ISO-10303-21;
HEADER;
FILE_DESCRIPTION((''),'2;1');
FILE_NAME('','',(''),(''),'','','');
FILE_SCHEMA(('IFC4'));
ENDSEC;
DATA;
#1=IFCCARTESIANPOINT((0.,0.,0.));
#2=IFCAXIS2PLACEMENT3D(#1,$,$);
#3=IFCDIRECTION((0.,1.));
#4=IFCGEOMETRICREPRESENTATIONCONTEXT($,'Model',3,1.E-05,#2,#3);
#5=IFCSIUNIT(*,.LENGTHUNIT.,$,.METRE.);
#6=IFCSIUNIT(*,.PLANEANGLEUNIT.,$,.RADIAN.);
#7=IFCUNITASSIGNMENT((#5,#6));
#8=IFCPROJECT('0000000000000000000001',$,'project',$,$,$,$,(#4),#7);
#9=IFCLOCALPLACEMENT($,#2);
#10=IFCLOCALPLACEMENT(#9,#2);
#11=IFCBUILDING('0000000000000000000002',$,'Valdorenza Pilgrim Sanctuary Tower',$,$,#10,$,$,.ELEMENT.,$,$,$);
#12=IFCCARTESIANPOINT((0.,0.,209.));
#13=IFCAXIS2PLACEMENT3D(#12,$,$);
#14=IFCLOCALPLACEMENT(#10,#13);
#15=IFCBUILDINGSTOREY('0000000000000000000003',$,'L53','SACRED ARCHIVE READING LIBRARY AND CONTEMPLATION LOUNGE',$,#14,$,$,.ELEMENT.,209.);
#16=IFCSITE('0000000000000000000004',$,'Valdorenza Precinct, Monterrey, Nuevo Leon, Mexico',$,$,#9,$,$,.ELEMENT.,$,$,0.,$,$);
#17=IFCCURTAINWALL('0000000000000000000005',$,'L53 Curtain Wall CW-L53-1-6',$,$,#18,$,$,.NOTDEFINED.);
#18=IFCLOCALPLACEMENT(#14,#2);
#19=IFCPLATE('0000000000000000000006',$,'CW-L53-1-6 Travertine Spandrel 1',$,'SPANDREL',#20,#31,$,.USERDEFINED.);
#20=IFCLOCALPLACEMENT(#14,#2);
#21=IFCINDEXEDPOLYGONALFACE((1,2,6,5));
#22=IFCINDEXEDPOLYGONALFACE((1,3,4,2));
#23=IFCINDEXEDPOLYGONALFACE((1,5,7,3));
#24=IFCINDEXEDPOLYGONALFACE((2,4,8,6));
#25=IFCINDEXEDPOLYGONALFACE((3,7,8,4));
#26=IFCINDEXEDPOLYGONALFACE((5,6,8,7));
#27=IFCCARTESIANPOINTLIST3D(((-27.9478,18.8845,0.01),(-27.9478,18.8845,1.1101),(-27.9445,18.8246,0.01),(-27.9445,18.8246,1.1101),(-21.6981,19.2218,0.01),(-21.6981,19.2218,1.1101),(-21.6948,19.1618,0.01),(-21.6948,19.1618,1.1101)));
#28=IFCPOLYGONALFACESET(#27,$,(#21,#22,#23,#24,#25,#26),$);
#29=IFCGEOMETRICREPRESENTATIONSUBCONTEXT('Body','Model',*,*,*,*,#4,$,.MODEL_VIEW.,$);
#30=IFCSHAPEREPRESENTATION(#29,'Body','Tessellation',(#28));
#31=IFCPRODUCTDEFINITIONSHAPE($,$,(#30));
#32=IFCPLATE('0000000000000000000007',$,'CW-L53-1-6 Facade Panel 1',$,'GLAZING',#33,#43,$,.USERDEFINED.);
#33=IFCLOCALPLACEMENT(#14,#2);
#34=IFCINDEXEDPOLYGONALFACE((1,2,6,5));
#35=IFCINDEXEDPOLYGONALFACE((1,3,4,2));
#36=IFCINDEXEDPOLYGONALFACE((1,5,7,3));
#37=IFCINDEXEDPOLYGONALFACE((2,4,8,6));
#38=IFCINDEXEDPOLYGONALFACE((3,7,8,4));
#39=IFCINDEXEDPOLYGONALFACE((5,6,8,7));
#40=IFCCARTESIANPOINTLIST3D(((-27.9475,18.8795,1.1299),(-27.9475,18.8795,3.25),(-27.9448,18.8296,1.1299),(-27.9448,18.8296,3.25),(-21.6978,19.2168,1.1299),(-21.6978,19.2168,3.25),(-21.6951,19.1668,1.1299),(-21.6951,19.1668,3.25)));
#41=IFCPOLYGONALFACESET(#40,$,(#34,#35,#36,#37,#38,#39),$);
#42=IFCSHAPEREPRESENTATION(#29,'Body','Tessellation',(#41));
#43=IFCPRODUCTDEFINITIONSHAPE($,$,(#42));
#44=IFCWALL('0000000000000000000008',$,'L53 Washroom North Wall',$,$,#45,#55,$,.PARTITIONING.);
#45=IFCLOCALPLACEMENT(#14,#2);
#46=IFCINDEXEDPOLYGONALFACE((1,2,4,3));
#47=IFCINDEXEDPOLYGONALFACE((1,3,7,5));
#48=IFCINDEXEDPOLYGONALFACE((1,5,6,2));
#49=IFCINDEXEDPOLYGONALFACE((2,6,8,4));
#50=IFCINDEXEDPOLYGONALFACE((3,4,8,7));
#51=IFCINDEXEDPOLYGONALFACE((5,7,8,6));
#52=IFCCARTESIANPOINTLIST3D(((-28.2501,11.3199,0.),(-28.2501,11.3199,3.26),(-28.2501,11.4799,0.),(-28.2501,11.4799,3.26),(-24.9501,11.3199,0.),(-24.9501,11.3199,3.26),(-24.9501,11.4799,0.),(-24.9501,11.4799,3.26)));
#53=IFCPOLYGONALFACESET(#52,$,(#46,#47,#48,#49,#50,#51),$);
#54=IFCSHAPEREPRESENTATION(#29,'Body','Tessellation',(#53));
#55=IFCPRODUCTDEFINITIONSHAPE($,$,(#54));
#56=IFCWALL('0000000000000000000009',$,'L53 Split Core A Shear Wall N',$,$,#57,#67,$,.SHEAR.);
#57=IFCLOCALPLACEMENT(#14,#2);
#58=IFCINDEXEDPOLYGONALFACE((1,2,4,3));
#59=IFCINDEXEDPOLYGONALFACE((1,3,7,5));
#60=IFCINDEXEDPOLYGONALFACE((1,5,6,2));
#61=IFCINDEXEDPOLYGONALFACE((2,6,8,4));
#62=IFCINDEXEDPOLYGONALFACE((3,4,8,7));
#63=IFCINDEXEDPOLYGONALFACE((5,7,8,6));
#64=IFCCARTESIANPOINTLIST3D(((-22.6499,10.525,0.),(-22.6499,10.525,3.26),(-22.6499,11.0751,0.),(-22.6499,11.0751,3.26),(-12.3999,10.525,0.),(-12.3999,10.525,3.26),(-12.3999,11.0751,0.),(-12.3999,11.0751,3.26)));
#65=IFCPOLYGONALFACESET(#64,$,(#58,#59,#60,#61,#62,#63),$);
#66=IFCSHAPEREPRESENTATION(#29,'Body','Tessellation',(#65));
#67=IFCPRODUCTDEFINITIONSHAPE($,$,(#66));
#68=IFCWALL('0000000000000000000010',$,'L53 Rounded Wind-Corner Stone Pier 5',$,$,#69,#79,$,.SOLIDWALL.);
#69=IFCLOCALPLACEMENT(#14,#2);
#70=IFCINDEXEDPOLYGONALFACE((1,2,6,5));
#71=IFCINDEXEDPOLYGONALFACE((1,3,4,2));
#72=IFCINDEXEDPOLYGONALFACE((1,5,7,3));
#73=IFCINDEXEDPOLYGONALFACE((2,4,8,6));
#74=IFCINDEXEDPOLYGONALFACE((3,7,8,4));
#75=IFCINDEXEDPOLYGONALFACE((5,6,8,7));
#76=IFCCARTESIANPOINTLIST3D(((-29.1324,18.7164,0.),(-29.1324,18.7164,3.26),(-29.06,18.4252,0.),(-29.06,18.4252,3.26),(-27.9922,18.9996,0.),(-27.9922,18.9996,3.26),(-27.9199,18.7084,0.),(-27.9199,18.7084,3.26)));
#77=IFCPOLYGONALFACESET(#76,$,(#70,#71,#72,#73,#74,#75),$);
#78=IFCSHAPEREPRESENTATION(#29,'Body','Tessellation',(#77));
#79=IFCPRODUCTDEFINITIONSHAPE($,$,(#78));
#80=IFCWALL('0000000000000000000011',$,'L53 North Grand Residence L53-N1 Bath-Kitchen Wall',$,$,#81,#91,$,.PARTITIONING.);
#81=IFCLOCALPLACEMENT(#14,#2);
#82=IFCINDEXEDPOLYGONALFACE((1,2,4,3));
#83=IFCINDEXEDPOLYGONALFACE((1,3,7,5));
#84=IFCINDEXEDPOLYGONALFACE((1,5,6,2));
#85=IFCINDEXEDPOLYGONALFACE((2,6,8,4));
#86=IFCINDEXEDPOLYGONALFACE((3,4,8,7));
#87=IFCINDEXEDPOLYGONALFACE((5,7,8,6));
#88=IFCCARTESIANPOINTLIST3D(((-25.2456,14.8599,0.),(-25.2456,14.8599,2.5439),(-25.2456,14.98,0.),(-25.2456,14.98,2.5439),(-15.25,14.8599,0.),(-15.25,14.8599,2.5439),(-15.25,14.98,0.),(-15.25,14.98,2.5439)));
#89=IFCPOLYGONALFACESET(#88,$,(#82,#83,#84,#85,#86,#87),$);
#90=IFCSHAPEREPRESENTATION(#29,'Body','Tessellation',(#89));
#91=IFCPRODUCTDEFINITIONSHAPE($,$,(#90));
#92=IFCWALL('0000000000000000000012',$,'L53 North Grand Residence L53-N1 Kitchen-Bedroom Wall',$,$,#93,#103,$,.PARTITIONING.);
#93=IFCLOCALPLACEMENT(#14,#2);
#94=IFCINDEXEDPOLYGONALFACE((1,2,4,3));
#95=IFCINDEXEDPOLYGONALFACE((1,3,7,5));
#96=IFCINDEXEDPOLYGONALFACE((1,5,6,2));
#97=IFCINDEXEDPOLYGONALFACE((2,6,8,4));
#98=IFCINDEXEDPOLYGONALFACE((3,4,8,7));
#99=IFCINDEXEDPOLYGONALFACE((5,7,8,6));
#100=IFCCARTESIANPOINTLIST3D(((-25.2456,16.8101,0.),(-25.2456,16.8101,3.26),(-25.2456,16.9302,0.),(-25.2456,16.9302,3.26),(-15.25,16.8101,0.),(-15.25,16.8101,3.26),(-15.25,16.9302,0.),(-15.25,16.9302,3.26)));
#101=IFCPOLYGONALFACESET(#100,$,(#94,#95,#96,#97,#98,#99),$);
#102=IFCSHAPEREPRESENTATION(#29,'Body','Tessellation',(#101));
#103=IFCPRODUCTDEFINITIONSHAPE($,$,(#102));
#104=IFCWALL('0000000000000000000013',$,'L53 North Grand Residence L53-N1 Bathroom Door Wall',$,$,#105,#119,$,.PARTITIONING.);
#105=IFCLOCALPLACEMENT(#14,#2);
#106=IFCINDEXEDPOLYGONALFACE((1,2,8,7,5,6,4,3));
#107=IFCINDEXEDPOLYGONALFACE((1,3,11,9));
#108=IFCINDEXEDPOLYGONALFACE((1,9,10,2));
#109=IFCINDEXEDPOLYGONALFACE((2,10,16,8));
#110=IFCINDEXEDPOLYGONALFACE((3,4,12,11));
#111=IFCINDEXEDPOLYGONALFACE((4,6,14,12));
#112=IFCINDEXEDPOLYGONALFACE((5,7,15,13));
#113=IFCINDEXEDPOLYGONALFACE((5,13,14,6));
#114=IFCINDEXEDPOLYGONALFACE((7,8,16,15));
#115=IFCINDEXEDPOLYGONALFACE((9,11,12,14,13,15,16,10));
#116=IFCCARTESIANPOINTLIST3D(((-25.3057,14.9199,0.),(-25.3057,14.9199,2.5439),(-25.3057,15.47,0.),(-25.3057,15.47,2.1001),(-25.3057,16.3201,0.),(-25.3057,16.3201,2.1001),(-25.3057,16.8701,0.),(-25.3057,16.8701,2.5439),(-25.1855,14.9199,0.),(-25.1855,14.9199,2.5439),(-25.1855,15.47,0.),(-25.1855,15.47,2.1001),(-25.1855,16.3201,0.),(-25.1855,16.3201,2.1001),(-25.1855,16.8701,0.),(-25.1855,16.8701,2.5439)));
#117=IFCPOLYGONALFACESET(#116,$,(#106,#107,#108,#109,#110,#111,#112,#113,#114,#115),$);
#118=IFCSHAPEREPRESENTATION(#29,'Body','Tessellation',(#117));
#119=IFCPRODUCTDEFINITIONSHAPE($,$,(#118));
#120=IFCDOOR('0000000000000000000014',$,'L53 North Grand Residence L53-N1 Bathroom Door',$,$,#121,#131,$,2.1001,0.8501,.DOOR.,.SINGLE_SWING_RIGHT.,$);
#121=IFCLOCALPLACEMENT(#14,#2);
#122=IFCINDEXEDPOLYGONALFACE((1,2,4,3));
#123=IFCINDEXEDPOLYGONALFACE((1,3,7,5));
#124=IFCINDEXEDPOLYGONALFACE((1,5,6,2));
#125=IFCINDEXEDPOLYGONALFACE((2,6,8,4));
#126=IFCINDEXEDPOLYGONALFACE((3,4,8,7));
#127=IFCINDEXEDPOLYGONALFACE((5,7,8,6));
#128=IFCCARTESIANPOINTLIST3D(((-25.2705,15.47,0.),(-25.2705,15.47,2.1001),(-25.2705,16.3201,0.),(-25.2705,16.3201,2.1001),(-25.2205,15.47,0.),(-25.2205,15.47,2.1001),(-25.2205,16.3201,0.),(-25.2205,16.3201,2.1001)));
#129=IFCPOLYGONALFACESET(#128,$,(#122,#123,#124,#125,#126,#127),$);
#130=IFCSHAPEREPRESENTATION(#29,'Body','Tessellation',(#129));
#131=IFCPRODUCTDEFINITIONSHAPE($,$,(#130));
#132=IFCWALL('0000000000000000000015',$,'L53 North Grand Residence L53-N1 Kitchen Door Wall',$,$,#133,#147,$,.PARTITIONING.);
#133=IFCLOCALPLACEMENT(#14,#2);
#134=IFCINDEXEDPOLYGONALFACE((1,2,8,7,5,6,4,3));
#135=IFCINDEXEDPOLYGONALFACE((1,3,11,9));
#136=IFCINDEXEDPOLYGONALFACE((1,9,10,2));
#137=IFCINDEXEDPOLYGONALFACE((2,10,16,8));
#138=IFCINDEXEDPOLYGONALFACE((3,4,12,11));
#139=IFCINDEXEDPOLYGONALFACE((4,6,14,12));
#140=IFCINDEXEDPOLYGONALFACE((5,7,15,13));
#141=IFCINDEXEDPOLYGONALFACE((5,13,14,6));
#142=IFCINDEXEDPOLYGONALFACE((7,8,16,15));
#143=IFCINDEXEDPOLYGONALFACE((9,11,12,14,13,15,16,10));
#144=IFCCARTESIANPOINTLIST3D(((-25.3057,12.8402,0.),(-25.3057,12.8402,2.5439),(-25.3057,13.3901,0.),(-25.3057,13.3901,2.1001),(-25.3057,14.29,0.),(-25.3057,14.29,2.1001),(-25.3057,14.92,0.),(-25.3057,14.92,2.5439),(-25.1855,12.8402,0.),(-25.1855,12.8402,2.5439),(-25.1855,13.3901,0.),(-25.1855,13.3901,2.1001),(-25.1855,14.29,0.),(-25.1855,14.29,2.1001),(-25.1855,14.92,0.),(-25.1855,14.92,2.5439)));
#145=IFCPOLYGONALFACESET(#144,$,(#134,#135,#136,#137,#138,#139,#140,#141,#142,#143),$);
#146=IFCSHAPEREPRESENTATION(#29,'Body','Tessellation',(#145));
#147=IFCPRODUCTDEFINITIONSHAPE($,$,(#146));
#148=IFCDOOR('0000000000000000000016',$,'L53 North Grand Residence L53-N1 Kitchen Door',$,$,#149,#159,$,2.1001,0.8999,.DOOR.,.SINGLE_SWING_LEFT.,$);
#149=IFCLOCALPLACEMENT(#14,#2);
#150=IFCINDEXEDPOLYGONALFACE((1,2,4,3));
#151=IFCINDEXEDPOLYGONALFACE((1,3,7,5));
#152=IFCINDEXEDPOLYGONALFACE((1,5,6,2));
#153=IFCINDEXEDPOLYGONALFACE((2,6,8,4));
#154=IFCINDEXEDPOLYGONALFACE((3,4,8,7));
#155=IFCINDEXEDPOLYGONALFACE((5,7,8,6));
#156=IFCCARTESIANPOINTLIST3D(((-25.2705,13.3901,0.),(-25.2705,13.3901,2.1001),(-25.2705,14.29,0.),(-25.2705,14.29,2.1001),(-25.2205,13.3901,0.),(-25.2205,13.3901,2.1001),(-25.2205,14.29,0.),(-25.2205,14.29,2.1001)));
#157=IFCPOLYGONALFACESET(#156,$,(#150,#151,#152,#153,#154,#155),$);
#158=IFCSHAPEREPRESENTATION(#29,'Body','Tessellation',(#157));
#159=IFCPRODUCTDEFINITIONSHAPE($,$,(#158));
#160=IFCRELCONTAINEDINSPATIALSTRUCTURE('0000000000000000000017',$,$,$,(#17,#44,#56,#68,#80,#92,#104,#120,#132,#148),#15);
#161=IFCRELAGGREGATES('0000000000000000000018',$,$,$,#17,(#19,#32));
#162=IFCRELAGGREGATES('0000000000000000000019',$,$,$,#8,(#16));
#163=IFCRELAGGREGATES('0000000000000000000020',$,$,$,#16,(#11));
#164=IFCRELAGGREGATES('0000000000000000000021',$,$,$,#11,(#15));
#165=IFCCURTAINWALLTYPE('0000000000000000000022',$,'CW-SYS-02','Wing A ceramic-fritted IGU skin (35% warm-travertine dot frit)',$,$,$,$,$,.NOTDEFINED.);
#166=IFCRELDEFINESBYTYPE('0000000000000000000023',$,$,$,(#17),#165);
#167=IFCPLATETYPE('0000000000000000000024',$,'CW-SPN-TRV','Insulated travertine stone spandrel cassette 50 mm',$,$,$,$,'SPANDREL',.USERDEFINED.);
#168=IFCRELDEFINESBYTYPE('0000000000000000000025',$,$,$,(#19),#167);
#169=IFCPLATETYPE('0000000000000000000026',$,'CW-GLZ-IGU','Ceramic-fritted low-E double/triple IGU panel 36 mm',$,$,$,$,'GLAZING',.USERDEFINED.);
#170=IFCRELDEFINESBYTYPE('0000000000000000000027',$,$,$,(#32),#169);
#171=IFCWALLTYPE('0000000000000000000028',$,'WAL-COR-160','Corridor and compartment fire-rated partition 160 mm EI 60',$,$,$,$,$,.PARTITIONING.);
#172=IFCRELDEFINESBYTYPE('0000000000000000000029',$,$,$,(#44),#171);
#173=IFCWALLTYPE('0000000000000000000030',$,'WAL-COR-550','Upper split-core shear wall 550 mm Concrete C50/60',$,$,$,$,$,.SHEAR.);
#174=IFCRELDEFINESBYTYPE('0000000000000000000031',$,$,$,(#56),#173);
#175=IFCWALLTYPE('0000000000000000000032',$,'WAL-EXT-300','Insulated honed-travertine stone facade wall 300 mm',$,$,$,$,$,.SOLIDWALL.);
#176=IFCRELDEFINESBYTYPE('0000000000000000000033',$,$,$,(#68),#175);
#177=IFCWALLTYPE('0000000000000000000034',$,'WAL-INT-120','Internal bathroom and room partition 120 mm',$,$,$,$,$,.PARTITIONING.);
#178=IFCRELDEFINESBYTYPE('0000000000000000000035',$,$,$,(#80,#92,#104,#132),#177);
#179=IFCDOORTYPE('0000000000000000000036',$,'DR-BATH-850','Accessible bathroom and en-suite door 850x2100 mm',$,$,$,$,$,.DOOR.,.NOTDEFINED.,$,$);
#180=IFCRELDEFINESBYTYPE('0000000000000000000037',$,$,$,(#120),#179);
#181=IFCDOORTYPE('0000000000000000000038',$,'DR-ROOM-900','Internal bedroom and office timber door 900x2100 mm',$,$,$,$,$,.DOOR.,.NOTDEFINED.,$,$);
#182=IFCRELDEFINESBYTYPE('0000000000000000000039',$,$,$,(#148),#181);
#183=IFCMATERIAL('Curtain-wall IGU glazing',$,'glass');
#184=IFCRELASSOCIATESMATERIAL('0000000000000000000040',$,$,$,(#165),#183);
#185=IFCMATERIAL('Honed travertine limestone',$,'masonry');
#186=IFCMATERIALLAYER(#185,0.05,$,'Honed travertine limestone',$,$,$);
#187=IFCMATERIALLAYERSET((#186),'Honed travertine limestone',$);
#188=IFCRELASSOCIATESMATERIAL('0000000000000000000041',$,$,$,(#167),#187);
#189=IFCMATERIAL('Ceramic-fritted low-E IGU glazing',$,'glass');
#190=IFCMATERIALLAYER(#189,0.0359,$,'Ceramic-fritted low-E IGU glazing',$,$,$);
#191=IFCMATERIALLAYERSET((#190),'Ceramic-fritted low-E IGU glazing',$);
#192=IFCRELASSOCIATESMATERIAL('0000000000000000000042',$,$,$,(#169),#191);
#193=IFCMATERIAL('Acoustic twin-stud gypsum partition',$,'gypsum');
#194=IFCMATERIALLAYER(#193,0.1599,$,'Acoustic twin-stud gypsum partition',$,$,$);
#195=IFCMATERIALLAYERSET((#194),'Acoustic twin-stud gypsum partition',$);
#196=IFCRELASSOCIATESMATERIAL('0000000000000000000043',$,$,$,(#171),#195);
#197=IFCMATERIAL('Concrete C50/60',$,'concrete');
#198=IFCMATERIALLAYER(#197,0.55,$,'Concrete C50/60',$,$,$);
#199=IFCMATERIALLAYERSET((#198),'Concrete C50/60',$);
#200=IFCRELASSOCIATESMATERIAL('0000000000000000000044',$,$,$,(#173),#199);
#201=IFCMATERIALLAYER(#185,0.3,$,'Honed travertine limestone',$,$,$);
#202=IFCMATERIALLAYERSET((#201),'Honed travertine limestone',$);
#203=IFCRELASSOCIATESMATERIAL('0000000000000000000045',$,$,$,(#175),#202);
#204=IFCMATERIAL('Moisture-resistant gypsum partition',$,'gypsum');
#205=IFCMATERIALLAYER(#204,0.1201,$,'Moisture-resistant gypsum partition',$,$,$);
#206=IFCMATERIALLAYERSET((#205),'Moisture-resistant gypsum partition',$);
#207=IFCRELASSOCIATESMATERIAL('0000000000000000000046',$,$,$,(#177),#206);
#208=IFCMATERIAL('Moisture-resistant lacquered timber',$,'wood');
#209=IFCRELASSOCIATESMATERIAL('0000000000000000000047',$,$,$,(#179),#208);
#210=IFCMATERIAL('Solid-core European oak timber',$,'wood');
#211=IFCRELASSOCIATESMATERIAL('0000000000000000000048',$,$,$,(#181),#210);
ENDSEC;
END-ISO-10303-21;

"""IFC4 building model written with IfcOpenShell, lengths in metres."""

from ifc_helpers import new_model, si_unit, direction, frame, frame_2d, origin, origin_2d, place, context, subcontext, project, spatial, rectangle, extrude, source, transform, mapped, material, layer, layer_set, type_object, element, fill, aggregate, save


model = new_model("IFC4")

# Units and contexts
model_context = context("Model", 3, precision=1e-05, world=origin(), true_north=direction((0.0, 1.0)))
body_context = subcontext(model_context, "Body", "Model", "MODEL_VIEW")
ifc_project = project(units=[si_unit("LENGTHUNIT", "METRE"), si_unit("PLANEANGLEUNIT", "RADIAN")], contexts=[model_context])

# Site, building, storey
site_placement = place(None, origin())
site = spatial("IfcSite", under=ifc_project, at=site_placement, Name="Valdorenza Precinct, Monterrey, Nuevo Leon, Mexico", CompositionType="ELEMENT", RefElevation=0.0)
building_placement = place(site_placement, origin())
building = spatial("IfcBuilding", under=site, at=building_placement, Name="Valdorenza Pilgrim Sanctuary Tower", CompositionType="ELEMENT")
storey_placement = place(building_placement, frame((0.0, 0.0, 209.0)))
storey = spatial("IfcBuildingStorey", under=building, at=storey_placement, Name="L53", Description="SACRED ARCHIVE READING LIBRARY AND CONTEMPLATION LOUNGE", CompositionType="ELEMENT", Elevation=209.0)

# Shared definitions
ifc_material_1 = material(Name="Concrete C50/60", Category="concrete")

# Curtain wall, plates
ifc_material_2 = material(Name="Curtain-wall IGU glazing", Category="glass")
curtain_wall_type = type_object("IfcCurtainWallType", Name="CW-SYS-02", Description="Wing A ceramic-fritted IGU skin (35% warm-travertine dot frit)", PredefinedType="NOTDEFINED", material=ifc_material_2)
curtain_wall_placement = place(storey_placement, origin())
curtain_wall = element("IfcCurtainWall", 1, at=curtain_wall_placement, inside=storey, type_object=curtain_wall_type, Name="L53 Curtain Wall CW-L53-1-6", PredefinedType="NOTDEFINED")
ifc_material_3 = material(Name="Honed travertine limestone", Category="masonry")
ifc_layer_1 = layer(ifc_material_3, 0.05, Name="Honed travertine limestone")
ifc_layer_set_1 = layer_set([ifc_layer_1], Name="Honed travertine limestone")
plate_type_1 = type_object("IfcPlateType", Name="CW-SPN-TRV", Description="Insulated travertine stone spandrel cassette 50 mm", ElementType="SPANDREL", PredefinedType="USERDEFINED", material=ifc_layer_set_1)
shared_shape_1 = source(origin(), body_context, "Body", "SweptSolid", [
    extrude(rectangle(XDim=6.2588, YDim=0.0601, at=origin_2d()), origin(), (0.0, 0.0, 1.0), 1.1001),
])
plate_1_placement = place(storey_placement, frame((-24.8213, 19.0232, 0.01), z_axis=(0.0, 0.0, 1.0), x_axis=(0.998547, 0.053887, 0.0)))
plate_1 = element("IfcPlate", 2, at=plate_1_placement, type_object=plate_type_1, Name="CW-L53-1-6 Travertine Spandrel 1", ObjectType="SPANDREL", PredefinedType="USERDEFINED", context=body_context, shape_type="MappedRepresentation", body=[
    mapped(shared_shape_1, transform((0.0, 0.0, 0.0), x_axis=(1.0, 0.0, 0.0), y_axis=(0.0, 1.0, 0.0), z_axis=(0.0, 0.0, 1.0), scale=1.0)),
])
ifc_material_4 = material(Name="Ceramic-fritted low-E IGU glazing", Category="glass")
ifc_layer_2 = layer(ifc_material_4, 0.0359, Name="Ceramic-fritted low-E IGU glazing")
ifc_layer_set_2 = layer_set([ifc_layer_2], Name="Ceramic-fritted low-E IGU glazing")
plate_type_2 = type_object("IfcPlateType", Name="CW-GLZ-IGU", Description="Ceramic-fritted low-E double/triple IGU panel 36 mm", ElementType="GLAZING", PredefinedType="USERDEFINED", material=ifc_layer_set_2)
shared_shape_2 = source(origin(), body_context, "Body", "SweptSolid", [
    extrude(rectangle(XDim=6.2588, YDim=0.05, at=origin_2d()), origin(), (0.0, 0.0, 1.0), 2.1201),
])
plate_2_placement = place(storey_placement, frame((-24.8213, 19.0232, 1.1299), z_axis=(0.0, 0.0, 1.0), x_axis=(0.998547, 0.053887, 0.0)))
plate_2 = element("IfcPlate", 3, at=plate_2_placement, type_object=plate_type_2, Name="CW-L53-1-6 Facade Panel 1", ObjectType="GLAZING", PredefinedType="USERDEFINED", context=body_context, shape_type="MappedRepresentation", body=[
    mapped(shared_shape_2, transform((0.0, 0.0, 0.0), x_axis=(1.0, 0.0, 0.0), y_axis=(0.0, 1.0, 0.0), z_axis=(0.0, 0.0, 1.0), scale=1.0)),
])
aggregate(curtain_wall, [plate_1, plate_2])

# Walls
ifc_material_5 = material(Name="Acoustic twin-stud gypsum partition", Category="gypsum")
ifc_layer_3 = layer(ifc_material_5, 0.1599, Name="Acoustic twin-stud gypsum partition")
ifc_layer_set_3 = layer_set([ifc_layer_3], Name="Acoustic twin-stud gypsum partition")
wall_type_1 = type_object("IfcWallType", Name="WAL-COR-160", Description="Corridor and compartment fire-rated partition 160 mm EI 60", PredefinedType="PARTITIONING", material=ifc_layer_set_3)
wall_1_placement = place(storey_placement, frame((-28.25, 11.3999, 0.0), z_axis=(0.0, 0.0, 1.0), x_axis=(1.0, 0.0, 0.0)))
element("IfcWall", 4, at=wall_1_placement, inside=storey, type_object=wall_type_1, Name="L53 Washroom North Wall", PredefinedType="PARTITIONING", context=body_context, shape_type="SweptSolid", body=[
    extrude(rectangle(XDim=3.3, YDim=0.1599, at=frame_2d((1.6499, 0.0))), origin(), (0.0, 0.0, 1.0), 3.26),
])
ifc_layer_4 = layer(ifc_material_1, 0.55, Name="Concrete C50/60")
ifc_layer_set_4 = layer_set([ifc_layer_4], Name="Concrete C50/60")
wall_type_2 = type_object("IfcWallType", Name="WAL-COR-550", Description="Upper split-core shear wall 550 mm Concrete C50/60", PredefinedType="SHEAR", material=ifc_layer_set_4)
wall_2_placement = place(storey_placement, frame((-22.6499, 10.8, 0.0), z_axis=(0.0, 0.0, 1.0), x_axis=(1.0, 0.0, 0.0)))
element("IfcWall", 5, at=wall_2_placement, inside=storey, type_object=wall_type_2, Name="L53 Split Core A Shear Wall N", PredefinedType="SHEAR", context=body_context, shape_type="SweptSolid", body=[
    extrude(rectangle(XDim=10.25, YDim=0.55, at=frame_2d((5.125, 0.0))), origin(), (0.0, 0.0, 1.0), 3.26),
])
ifc_layer_5 = layer(ifc_material_3, 0.3, Name="Honed travertine limestone")
ifc_layer_set_5 = layer_set([ifc_layer_5], Name="Honed travertine limestone")
wall_type_3 = type_object("IfcWallType", Name="WAL-EXT-300", Description="Insulated honed-travertine stone facade wall 300 mm", PredefinedType="SOLIDWALL", material=ifc_layer_set_5)
wall_3_placement = place(storey_placement, frame((-29.0962, 18.5708, 0.0), z_axis=(0.0, 0.0, 1.0), x_axis=(0.970508, 0.241068, 0.0)))
element("IfcWall", 6, at=wall_3_placement, inside=storey, type_object=wall_type_3, Name="L53 Rounded Wind-Corner Stone Pier 5", PredefinedType="SOLIDWALL", context=body_context, shape_type="SweptSolid", body=[
    extrude(rectangle(XDim=1.1748, YDim=0.3, at=frame_2d((0.5874, 0.0))), origin(), (0.0, 0.0, 1.0), 3.26),
])
ifc_material_6 = material(Name="Moisture-resistant gypsum partition", Category="gypsum")
ifc_layer_6 = layer(ifc_material_6, 0.1201, Name="Moisture-resistant gypsum partition")
ifc_layer_set_6 = layer_set([ifc_layer_6], Name="Moisture-resistant gypsum partition")
wall_type_4 = type_object("IfcWallType", Name="WAL-INT-120", Description="Internal bathroom and room partition 120 mm", PredefinedType="PARTITIONING", material=ifc_layer_set_6)
wall_4_placement = place(storey_placement, frame((-25.2456, 14.9199, 0.0), z_axis=(0.0, 0.0, 1.0), x_axis=(1.0, 0.0, 0.0)))
element("IfcWall", 7, at=wall_4_placement, inside=storey, type_object=wall_type_4, Name="L53 North Grand Residence L53-N1 Bath-Kitchen Wall", PredefinedType="PARTITIONING", context=body_context, shape_type="SweptSolid", body=[
    extrude(rectangle(XDim=9.9956, YDim=0.1201, at=frame_2d((4.9978, 0.0))), origin(), (0.0, 0.0, 1.0), 2.5439),
])
wall_5_placement = place(storey_placement, frame((-25.2456, 16.8701, 0.0), z_axis=(0.0, 0.0, 1.0), x_axis=(1.0, 0.0, 0.0)))
element("IfcWall", 8, at=wall_5_placement, inside=storey, type_object=wall_type_4, Name="L53 North Grand Residence L53-N1 Kitchen-Bedroom Wall", PredefinedType="PARTITIONING", context=body_context, shape_type="SweptSolid", body=[
    extrude(rectangle(XDim=9.9956, YDim=0.1201, at=frame_2d((4.9978, 0.0))), origin(), (0.0, 0.0, 1.0), 3.26),
])

# Walls, openings, doors
wall_6_placement = place(storey_placement, frame((-25.2456, 14.9199, 0.0), z_axis=(0.0, 0.0, 1.0), x_axis=(0.0, 1.0, 0.0)))
wall_6 = element("IfcWall", 9, at=wall_6_placement, inside=storey, type_object=wall_type_4, Name="L53 North Grand Residence L53-N1 Bathroom Door Wall", PredefinedType="PARTITIONING", context=body_context, shape_type="SweptSolid", body=[
    extrude(rectangle(XDim=1.9502, YDim=0.1201, at=frame_2d((0.9751, 0.0))), origin(), (0.0, 0.0, 1.0), 2.5439),
])
opening_1_placement = place(wall_6_placement, frame((0.55, 0.0, 0.0)))
opening_1 = element("IfcOpeningElement", 10, at=opening_1_placement, cuts=wall_6, PredefinedType="OPENING", context=body_context, shape_type="SweptSolid", body=[
    extrude(rectangle(XDim=0.8501, YDim=2.1001, at=frame_2d((0.425, 1.05))), frame((0.0, 0.075, 0.0), z_axis=(0.0, -1.0, 0.0), x_axis=(1.0, 0.0, 0.0)), (0.0, 0.0, 1.0), 0.1499),
])
ifc_material_7 = material(Name="Moisture-resistant lacquered timber", Category="wood")
door_type_1 = type_object("IfcDoorType", Name="DR-BATH-850", Description="Accessible bathroom and en-suite door 850x2100 mm", OperationType="NOTDEFINED", PredefinedType="DOOR", material=ifc_material_7)
door_1_placement = place(opening_1_placement, origin())
door_1 = element("IfcDoor", 11, at=door_1_placement, inside=storey, type_object=door_type_1, Name="L53 North Grand Residence L53-N1 Bathroom Door", OperationType="SINGLE_SWING_RIGHT", OverallHeight=2.1001, OverallWidth=0.8501, PredefinedType="DOOR", context=body_context, shape_type="SweptSolid", body=[
    extrude(rectangle(XDim=0.8501, YDim=2.1001, at=frame_2d((0.425, 1.05))), frame((0.0, 0.0249, 0.0), z_axis=(0.0, -1.0, 0.0), x_axis=(1.0, 0.0, 0.0)), (0.0, 0.0, 1.0), 0.05),
])
fill(opening_1, door_1)
wall_7_placement = place(storey_placement, frame((-25.2456, 12.8401, 0.0), z_axis=(0.0, 0.0, 1.0), x_axis=(0.0, 1.0, 0.0)))
wall_7 = element("IfcWall", 12, at=wall_7_placement, inside=storey, type_object=wall_type_4, Name="L53 North Grand Residence L53-N1 Kitchen Door Wall", PredefinedType="PARTITIONING", context=body_context, shape_type="SweptSolid", body=[
    extrude(rectangle(XDim=2.0798, YDim=0.1201, at=frame_2d((1.04, 0.0))), origin(), (0.0, 0.0, 1.0), 2.5439),
])
opening_2_placement = place(wall_7_placement, frame((0.55, 0.0, 0.0)))
opening_2 = element("IfcOpeningElement", 13, at=opening_2_placement, cuts=wall_7, PredefinedType="OPENING", context=body_context, shape_type="SweptSolid", body=[
    extrude(rectangle(XDim=0.8999, YDim=2.1001, at=frame_2d((0.45, 1.05))), frame((0.0, 0.075, 0.0), z_axis=(0.0, -1.0, 0.0), x_axis=(1.0, 0.0, 0.0)), (0.0, 0.0, 1.0), 0.1499),
])
ifc_material_8 = material(Name="Solid-core European oak timber", Category="wood")
door_type_2 = type_object("IfcDoorType", Name="DR-ROOM-900", Description="Internal bedroom and office timber door 900x2100 mm", OperationType="NOTDEFINED", PredefinedType="DOOR", material=ifc_material_8)
door_2_placement = place(opening_2_placement, origin())
door_2 = element("IfcDoor", 14, at=door_2_placement, inside=storey, type_object=door_type_2, Name="L53 North Grand Residence L53-N1 Kitchen Door", OperationType="SINGLE_SWING_LEFT", OverallHeight=2.1001, OverallWidth=0.8999, PredefinedType="DOOR", context=body_context, shape_type="SweptSolid", body=[
    extrude(rectangle(XDim=0.8999, YDim=2.1001, at=frame_2d((0.45, 1.05))), frame((0.0, 0.0249, 0.0), z_axis=(0.0, -1.0, 0.0), x_axis=(1.0, 0.0, 0.0)), (0.0, 0.0, 1.0), 0.05),
])
fill(opening_2, door_2)

save(model, "model.ifc")
